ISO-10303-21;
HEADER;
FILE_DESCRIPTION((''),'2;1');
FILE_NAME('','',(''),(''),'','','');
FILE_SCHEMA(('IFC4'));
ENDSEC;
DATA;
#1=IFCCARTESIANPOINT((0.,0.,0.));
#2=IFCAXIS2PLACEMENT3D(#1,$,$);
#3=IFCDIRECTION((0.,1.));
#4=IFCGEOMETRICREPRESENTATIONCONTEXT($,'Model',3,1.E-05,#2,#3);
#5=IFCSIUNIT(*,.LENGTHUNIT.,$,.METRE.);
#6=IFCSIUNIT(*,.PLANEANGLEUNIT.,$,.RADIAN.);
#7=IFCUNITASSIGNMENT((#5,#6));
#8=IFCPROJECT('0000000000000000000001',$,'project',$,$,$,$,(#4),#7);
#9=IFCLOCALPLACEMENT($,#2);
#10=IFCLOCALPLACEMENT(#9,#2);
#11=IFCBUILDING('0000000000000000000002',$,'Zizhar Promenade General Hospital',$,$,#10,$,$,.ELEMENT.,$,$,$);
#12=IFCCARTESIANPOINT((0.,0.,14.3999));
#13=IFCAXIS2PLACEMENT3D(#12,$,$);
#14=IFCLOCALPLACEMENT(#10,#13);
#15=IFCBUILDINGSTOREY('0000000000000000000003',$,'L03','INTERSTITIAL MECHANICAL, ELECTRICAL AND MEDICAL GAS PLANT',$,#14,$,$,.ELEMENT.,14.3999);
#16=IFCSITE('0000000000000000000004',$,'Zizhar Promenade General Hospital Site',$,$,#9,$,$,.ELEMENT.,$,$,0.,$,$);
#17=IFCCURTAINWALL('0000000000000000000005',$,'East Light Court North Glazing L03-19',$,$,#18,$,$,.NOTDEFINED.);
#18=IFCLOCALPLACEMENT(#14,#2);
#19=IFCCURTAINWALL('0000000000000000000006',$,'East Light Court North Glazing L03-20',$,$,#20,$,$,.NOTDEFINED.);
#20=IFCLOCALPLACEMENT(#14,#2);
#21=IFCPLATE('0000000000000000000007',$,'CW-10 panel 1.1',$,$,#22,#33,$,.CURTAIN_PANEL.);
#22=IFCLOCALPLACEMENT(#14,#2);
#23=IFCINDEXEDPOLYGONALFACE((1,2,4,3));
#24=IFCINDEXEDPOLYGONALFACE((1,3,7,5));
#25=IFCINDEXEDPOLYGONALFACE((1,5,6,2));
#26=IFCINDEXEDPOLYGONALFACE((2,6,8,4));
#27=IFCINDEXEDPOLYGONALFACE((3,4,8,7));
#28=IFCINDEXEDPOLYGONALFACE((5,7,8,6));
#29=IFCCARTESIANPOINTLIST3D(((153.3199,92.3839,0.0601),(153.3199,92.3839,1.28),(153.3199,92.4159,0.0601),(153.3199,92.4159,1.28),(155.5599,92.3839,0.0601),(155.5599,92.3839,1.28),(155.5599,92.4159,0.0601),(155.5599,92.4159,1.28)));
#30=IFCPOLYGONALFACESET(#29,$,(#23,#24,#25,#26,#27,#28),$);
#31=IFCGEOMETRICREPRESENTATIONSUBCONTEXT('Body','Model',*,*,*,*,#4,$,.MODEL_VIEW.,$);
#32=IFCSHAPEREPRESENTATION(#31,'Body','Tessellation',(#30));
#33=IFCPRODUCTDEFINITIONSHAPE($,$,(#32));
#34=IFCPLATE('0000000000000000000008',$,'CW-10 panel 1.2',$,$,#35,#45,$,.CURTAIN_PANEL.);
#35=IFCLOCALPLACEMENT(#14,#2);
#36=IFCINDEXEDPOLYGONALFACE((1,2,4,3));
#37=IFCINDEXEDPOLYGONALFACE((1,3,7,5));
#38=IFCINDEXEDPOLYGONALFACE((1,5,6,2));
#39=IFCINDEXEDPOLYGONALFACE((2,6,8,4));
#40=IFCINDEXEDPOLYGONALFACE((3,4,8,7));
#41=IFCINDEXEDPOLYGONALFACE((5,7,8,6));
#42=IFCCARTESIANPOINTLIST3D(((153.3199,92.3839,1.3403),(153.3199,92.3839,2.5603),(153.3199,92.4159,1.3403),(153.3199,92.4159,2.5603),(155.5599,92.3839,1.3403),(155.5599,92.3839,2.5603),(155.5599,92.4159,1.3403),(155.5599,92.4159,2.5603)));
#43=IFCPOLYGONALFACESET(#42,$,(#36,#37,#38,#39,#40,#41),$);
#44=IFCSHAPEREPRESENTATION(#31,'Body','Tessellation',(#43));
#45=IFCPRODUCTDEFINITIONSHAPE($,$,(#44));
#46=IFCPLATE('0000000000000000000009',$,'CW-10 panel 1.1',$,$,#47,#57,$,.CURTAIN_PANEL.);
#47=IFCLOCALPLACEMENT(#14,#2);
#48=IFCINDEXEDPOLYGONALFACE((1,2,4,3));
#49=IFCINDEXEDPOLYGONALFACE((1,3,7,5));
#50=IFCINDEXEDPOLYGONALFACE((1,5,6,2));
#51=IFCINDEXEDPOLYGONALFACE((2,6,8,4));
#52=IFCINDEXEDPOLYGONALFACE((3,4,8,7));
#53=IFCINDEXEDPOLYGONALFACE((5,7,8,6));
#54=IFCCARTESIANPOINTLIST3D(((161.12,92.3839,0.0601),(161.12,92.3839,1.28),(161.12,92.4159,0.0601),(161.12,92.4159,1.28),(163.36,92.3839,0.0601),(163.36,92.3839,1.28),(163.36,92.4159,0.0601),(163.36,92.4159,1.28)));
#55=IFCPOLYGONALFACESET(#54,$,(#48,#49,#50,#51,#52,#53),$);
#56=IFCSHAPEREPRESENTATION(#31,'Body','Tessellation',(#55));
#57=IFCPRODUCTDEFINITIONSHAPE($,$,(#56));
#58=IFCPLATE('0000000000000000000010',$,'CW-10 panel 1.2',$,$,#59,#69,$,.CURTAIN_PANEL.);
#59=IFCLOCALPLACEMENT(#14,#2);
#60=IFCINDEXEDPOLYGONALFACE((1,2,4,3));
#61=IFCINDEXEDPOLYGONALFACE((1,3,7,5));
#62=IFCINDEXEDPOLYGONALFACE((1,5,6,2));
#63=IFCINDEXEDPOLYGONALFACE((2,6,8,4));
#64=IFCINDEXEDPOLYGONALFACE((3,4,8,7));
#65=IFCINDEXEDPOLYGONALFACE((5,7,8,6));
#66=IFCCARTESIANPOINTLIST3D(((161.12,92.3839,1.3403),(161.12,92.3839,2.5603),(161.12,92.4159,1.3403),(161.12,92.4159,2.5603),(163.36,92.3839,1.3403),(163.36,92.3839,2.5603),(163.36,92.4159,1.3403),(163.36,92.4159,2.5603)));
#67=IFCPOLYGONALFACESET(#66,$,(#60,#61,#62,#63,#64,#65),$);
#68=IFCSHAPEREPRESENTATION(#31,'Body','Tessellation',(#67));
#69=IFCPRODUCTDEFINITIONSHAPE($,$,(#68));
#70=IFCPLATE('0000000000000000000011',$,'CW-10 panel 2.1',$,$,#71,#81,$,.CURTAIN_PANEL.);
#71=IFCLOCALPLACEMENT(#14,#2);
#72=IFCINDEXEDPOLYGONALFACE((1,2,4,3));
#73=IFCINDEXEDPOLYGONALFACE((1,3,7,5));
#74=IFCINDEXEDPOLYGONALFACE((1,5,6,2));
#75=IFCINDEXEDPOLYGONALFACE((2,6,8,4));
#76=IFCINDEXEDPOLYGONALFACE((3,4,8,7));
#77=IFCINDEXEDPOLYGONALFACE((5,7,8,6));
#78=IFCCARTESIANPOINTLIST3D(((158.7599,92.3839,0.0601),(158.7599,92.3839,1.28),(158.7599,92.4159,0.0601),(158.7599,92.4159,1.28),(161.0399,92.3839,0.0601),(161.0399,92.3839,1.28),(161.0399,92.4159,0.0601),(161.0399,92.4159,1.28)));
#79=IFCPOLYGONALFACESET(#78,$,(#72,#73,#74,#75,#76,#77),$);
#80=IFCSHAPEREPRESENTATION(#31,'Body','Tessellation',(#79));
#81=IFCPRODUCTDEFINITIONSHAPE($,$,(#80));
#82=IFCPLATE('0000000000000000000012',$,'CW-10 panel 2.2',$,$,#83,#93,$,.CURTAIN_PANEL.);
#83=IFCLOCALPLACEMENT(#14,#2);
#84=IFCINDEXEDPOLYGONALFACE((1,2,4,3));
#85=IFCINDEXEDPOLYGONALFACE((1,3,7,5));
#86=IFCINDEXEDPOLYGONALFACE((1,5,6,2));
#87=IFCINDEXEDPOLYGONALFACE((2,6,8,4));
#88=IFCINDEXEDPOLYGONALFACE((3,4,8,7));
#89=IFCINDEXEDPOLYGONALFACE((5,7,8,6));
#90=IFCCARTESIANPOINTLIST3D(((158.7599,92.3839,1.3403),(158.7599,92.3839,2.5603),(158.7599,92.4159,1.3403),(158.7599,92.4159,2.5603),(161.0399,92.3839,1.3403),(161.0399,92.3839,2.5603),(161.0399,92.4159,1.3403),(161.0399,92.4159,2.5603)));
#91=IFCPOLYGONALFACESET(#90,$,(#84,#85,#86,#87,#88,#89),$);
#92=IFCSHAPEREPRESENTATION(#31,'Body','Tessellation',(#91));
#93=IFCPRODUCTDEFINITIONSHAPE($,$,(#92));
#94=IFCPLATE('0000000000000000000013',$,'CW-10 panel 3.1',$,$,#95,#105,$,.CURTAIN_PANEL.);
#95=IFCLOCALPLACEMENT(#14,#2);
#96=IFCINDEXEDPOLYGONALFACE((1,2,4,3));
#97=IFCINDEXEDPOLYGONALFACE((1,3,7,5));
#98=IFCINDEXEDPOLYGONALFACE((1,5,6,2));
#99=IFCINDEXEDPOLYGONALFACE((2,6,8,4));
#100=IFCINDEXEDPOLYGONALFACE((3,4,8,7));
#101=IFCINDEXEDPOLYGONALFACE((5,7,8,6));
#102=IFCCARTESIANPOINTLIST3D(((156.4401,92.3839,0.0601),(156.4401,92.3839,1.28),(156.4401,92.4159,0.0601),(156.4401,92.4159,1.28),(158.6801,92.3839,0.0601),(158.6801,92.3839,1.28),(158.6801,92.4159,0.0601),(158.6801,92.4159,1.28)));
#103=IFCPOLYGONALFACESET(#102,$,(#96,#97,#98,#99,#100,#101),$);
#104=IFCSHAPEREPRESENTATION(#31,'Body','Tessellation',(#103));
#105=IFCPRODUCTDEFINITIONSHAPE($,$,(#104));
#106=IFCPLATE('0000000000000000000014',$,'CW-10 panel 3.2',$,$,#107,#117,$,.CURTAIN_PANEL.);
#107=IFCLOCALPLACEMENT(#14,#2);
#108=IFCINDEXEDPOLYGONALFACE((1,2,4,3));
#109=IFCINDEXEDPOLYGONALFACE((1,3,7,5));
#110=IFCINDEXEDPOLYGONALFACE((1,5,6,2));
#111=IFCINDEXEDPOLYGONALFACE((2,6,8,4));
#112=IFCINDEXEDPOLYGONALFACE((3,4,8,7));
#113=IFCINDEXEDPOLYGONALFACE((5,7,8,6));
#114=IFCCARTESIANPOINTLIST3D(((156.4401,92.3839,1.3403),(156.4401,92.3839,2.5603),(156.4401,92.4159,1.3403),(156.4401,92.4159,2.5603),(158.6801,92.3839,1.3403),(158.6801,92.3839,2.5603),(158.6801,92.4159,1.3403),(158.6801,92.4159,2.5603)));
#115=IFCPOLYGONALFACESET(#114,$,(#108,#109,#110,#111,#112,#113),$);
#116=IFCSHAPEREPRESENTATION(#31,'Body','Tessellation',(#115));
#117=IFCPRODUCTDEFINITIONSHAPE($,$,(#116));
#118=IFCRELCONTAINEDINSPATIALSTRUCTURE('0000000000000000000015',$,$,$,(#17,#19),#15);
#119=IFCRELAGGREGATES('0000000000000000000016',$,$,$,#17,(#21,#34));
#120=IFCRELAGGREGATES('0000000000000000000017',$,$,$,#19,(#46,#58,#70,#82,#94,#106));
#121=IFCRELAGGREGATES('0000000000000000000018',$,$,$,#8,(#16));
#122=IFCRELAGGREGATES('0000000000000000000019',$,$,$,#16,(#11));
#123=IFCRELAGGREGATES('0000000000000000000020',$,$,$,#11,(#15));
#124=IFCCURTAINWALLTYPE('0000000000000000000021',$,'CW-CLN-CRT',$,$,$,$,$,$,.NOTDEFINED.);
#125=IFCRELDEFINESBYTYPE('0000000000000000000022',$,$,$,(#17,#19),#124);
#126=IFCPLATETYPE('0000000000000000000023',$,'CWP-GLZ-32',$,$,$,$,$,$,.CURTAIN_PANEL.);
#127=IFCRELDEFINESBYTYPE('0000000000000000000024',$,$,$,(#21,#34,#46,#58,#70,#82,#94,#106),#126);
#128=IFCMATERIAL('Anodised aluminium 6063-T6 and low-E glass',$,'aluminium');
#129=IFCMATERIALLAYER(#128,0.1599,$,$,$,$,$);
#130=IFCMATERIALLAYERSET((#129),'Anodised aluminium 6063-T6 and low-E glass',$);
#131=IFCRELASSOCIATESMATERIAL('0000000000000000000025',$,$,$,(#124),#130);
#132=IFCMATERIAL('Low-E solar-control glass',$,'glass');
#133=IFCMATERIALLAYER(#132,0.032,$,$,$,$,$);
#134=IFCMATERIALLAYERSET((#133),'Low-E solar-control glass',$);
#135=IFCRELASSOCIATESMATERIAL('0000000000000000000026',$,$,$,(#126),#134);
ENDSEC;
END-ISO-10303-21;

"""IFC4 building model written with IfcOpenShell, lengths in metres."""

from ifc_helpers import new_model, si_unit, direction, frame, origin, origin_2d, place, context, subcontext, project, spatial, rectangle, extrude, material, layer, layer_set, type_object, element, aggregate, save


model = new_model("IFC4")

# Units and contexts
model_context = context("Model", 3, precision=1e-05, world=origin(), true_north=direction((0.0, 1.0)))
body_context = subcontext(model_context, "Body", "Model", "MODEL_VIEW")
ifc_project = project(units=[si_unit("LENGTHUNIT", "METRE"), si_unit("PLANEANGLEUNIT", "RADIAN")], contexts=[model_context])

# Site, building, storey
site_placement = place(None, origin())
site = spatial("IfcSite", under=ifc_project, at=site_placement, Name="Zizhar Promenade General Hospital Site", CompositionType="ELEMENT", RefElevation=0.0)
building_placement = place(site_placement, origin())
building = spatial("IfcBuilding", under=site, at=building_placement, Name="Zizhar Promenade General Hospital", CompositionType="ELEMENT")
storey_placement = place(building_placement, frame((0.0, 0.0, 14.3999)))
storey = spatial("IfcBuildingStorey", under=building, at=storey_placement, Name="L03", Description="INTERSTITIAL MECHANICAL, ELECTRICAL AND MEDICAL GAS PLANT", CompositionType="ELEMENT", Elevation=14.3999)

# Curtain walls
ifc_material_1 = material(Name="Anodised aluminium 6063-T6 and low-E glass", Category="aluminium")
ifc_layer_1 = layer(ifc_material_1, 0.1599)
ifc_layer_set_1 = layer_set([ifc_layer_1], Name="Anodised aluminium 6063-T6 and low-E glass")
curtain_wall_type = type_object("IfcCurtainWallType", Name="CW-CLN-CRT", PredefinedType="NOTDEFINED", material=ifc_layer_set_1)
curtain_wall_1_placement = place(storey_placement, origin())
curtain_wall_1 = element("IfcCurtainWall", 1, at=curtain_wall_1_placement, inside=storey, type_object=curtain_wall_type, Name="East Light Court North Glazing L03-19", PredefinedType="NOTDEFINED")
curtain_wall_2_placement = place(storey_placement, origin())
curtain_wall_2 = element("IfcCurtainWall", 2, at=curtain_wall_2_placement, inside=storey, type_object=curtain_wall_type, Name="East Light Court North Glazing L03-20", PredefinedType="NOTDEFINED")

# Plates
ifc_material_2 = material(Name="Low-E solar-control glass", Category="glass")
ifc_layer_2 = layer(ifc_material_2, 0.032)
ifc_layer_set_2 = layer_set([ifc_layer_2], Name="Low-E solar-control glass")
plate_type = type_object("IfcPlateType", Name="CWP-GLZ-32", PredefinedType="CURTAIN_PANEL", material=ifc_layer_set_2)
plate_1_placement = place(storey_placement, frame((154.4399, 92.3999, 0.0601), z_axis=(0.0, 0.0, 1.0), x_axis=(-1.0, 0.0, 0.0)))
plate_1 = element("IfcPlate", 3, at=plate_1_placement, type_object=plate_type, Name="CW-10 panel 1.1", PredefinedType="CURTAIN_PANEL", context=body_context, shape_type="SweptSolid", body=[
    extrude(rectangle(XDim=2.24, YDim=0.032, at=origin_2d()), origin(), (0.0, 0.0, 1.0), 1.22),
])
plate_2_placement = place(storey_placement, frame((154.4399, 92.3999, 1.3403), z_axis=(0.0, 0.0, 1.0), x_axis=(-1.0, 0.0, 0.0)))
plate_2 = element("IfcPlate", 4, at=plate_2_placement, type_object=plate_type, Name="CW-10 panel 1.2", PredefinedType="CURTAIN_PANEL", context=body_context, shape_type="SweptSolid", body=[
    extrude(rectangle(XDim=2.24, YDim=0.032, at=origin_2d()), origin(), (0.0, 0.0, 1.0), 1.22),
])
aggregate(curtain_wall_1, [plate_1, plate_2])
plate_3_placement = place(storey_placement, frame((162.24, 92.3999, 0.0601), z_axis=(0.0, 0.0, 1.0), x_axis=(-1.0, 0.0, 0.0)))
plate_3 = element("IfcPlate", 5, at=plate_3_placement, type_object=plate_type, Name="CW-10 panel 1.1", PredefinedType="CURTAIN_PANEL", context=body_context, shape_type="SweptSolid", body=[
    extrude(rectangle(XDim=2.24, YDim=0.032, at=origin_2d()), origin(), (0.0, 0.0, 1.0), 1.22),
])
plate_4_placement = place(storey_placement, frame((162.24, 92.3999, 1.3403), z_axis=(0.0, 0.0, 1.0), x_axis=(-1.0, 0.0, 0.0)))
plate_4 = element("IfcPlate", 6, at=plate_4_placement, type_object=plate_type, Name="CW-10 panel 1.2", PredefinedType="CURTAIN_PANEL", context=body_context, shape_type="SweptSolid", body=[
    extrude(rectangle(XDim=2.24, YDim=0.032, at=origin_2d()), origin(), (0.0, 0.0, 1.0), 1.22),
])
plate_5_placement = place(storey_placement, frame((159.8999, 92.3999, 0.0601), z_axis=(0.0, 0.0, 1.0), x_axis=(-1.0, 0.0, 0.0)))
plate_5 = element("IfcPlate", 7, at=plate_5_placement, type_object=plate_type, Name="CW-10 panel 2.1", PredefinedType="CURTAIN_PANEL", context=body_context, shape_type="SweptSolid", body=[
    extrude(rectangle(XDim=2.28, YDim=0.032, at=origin_2d()), origin(), (0.0, 0.0, 1.0), 1.22),
])
plate_6_placement = place(storey_placement, frame((159.8999, 92.3999, 1.3403), z_axis=(0.0, 0.0, 1.0), x_axis=(-1.0, 0.0, 0.0)))
plate_6 = element("IfcPlate", 8, at=plate_6_placement, type_object=plate_type, Name="CW-10 panel 2.2", PredefinedType="CURTAIN_PANEL", context=body_context, shape_type="SweptSolid", body=[
    extrude(rectangle(XDim=2.28, YDim=0.032, at=origin_2d()), origin(), (0.0, 0.0, 1.0), 1.22),
])
plate_7_placement = place(storey_placement, frame((157.5601, 92.3999, 0.0601), z_axis=(0.0, 0.0, 1.0), x_axis=(-1.0, 0.0, 0.0)))
plate_7 = element("IfcPlate", 9, at=plate_7_placement, type_object=plate_type, Name="CW-10 panel 3.1", PredefinedType="CURTAIN_PANEL", context=body_context, shape_type="SweptSolid", body=[
    extrude(rectangle(XDim=2.24, YDim=0.032, at=origin_2d()), origin(), (0.0, 0.0, 1.0), 1.22),
])
plate_8_placement = place(storey_placement, frame((157.5601, 92.3999, 1.3403), z_axis=(0.0, 0.0, 1.0), x_axis=(-1.0, 0.0, 0.0)))
plate_8 = element("IfcPlate", 10, at=plate_8_placement, type_object=plate_type, Name="CW-10 panel 3.2", PredefinedType="CURTAIN_PANEL", context=body_context, shape_type="SweptSolid", body=[
    extrude(rectangle(XDim=2.24, YDim=0.032, at=origin_2d()), origin(), (0.0, 0.0, 1.0), 1.22),
])
aggregate(curtain_wall_2, [plate_3, plate_4, plate_5, plate_6, plate_7, plate_8])

save(model, "model.ifc")
